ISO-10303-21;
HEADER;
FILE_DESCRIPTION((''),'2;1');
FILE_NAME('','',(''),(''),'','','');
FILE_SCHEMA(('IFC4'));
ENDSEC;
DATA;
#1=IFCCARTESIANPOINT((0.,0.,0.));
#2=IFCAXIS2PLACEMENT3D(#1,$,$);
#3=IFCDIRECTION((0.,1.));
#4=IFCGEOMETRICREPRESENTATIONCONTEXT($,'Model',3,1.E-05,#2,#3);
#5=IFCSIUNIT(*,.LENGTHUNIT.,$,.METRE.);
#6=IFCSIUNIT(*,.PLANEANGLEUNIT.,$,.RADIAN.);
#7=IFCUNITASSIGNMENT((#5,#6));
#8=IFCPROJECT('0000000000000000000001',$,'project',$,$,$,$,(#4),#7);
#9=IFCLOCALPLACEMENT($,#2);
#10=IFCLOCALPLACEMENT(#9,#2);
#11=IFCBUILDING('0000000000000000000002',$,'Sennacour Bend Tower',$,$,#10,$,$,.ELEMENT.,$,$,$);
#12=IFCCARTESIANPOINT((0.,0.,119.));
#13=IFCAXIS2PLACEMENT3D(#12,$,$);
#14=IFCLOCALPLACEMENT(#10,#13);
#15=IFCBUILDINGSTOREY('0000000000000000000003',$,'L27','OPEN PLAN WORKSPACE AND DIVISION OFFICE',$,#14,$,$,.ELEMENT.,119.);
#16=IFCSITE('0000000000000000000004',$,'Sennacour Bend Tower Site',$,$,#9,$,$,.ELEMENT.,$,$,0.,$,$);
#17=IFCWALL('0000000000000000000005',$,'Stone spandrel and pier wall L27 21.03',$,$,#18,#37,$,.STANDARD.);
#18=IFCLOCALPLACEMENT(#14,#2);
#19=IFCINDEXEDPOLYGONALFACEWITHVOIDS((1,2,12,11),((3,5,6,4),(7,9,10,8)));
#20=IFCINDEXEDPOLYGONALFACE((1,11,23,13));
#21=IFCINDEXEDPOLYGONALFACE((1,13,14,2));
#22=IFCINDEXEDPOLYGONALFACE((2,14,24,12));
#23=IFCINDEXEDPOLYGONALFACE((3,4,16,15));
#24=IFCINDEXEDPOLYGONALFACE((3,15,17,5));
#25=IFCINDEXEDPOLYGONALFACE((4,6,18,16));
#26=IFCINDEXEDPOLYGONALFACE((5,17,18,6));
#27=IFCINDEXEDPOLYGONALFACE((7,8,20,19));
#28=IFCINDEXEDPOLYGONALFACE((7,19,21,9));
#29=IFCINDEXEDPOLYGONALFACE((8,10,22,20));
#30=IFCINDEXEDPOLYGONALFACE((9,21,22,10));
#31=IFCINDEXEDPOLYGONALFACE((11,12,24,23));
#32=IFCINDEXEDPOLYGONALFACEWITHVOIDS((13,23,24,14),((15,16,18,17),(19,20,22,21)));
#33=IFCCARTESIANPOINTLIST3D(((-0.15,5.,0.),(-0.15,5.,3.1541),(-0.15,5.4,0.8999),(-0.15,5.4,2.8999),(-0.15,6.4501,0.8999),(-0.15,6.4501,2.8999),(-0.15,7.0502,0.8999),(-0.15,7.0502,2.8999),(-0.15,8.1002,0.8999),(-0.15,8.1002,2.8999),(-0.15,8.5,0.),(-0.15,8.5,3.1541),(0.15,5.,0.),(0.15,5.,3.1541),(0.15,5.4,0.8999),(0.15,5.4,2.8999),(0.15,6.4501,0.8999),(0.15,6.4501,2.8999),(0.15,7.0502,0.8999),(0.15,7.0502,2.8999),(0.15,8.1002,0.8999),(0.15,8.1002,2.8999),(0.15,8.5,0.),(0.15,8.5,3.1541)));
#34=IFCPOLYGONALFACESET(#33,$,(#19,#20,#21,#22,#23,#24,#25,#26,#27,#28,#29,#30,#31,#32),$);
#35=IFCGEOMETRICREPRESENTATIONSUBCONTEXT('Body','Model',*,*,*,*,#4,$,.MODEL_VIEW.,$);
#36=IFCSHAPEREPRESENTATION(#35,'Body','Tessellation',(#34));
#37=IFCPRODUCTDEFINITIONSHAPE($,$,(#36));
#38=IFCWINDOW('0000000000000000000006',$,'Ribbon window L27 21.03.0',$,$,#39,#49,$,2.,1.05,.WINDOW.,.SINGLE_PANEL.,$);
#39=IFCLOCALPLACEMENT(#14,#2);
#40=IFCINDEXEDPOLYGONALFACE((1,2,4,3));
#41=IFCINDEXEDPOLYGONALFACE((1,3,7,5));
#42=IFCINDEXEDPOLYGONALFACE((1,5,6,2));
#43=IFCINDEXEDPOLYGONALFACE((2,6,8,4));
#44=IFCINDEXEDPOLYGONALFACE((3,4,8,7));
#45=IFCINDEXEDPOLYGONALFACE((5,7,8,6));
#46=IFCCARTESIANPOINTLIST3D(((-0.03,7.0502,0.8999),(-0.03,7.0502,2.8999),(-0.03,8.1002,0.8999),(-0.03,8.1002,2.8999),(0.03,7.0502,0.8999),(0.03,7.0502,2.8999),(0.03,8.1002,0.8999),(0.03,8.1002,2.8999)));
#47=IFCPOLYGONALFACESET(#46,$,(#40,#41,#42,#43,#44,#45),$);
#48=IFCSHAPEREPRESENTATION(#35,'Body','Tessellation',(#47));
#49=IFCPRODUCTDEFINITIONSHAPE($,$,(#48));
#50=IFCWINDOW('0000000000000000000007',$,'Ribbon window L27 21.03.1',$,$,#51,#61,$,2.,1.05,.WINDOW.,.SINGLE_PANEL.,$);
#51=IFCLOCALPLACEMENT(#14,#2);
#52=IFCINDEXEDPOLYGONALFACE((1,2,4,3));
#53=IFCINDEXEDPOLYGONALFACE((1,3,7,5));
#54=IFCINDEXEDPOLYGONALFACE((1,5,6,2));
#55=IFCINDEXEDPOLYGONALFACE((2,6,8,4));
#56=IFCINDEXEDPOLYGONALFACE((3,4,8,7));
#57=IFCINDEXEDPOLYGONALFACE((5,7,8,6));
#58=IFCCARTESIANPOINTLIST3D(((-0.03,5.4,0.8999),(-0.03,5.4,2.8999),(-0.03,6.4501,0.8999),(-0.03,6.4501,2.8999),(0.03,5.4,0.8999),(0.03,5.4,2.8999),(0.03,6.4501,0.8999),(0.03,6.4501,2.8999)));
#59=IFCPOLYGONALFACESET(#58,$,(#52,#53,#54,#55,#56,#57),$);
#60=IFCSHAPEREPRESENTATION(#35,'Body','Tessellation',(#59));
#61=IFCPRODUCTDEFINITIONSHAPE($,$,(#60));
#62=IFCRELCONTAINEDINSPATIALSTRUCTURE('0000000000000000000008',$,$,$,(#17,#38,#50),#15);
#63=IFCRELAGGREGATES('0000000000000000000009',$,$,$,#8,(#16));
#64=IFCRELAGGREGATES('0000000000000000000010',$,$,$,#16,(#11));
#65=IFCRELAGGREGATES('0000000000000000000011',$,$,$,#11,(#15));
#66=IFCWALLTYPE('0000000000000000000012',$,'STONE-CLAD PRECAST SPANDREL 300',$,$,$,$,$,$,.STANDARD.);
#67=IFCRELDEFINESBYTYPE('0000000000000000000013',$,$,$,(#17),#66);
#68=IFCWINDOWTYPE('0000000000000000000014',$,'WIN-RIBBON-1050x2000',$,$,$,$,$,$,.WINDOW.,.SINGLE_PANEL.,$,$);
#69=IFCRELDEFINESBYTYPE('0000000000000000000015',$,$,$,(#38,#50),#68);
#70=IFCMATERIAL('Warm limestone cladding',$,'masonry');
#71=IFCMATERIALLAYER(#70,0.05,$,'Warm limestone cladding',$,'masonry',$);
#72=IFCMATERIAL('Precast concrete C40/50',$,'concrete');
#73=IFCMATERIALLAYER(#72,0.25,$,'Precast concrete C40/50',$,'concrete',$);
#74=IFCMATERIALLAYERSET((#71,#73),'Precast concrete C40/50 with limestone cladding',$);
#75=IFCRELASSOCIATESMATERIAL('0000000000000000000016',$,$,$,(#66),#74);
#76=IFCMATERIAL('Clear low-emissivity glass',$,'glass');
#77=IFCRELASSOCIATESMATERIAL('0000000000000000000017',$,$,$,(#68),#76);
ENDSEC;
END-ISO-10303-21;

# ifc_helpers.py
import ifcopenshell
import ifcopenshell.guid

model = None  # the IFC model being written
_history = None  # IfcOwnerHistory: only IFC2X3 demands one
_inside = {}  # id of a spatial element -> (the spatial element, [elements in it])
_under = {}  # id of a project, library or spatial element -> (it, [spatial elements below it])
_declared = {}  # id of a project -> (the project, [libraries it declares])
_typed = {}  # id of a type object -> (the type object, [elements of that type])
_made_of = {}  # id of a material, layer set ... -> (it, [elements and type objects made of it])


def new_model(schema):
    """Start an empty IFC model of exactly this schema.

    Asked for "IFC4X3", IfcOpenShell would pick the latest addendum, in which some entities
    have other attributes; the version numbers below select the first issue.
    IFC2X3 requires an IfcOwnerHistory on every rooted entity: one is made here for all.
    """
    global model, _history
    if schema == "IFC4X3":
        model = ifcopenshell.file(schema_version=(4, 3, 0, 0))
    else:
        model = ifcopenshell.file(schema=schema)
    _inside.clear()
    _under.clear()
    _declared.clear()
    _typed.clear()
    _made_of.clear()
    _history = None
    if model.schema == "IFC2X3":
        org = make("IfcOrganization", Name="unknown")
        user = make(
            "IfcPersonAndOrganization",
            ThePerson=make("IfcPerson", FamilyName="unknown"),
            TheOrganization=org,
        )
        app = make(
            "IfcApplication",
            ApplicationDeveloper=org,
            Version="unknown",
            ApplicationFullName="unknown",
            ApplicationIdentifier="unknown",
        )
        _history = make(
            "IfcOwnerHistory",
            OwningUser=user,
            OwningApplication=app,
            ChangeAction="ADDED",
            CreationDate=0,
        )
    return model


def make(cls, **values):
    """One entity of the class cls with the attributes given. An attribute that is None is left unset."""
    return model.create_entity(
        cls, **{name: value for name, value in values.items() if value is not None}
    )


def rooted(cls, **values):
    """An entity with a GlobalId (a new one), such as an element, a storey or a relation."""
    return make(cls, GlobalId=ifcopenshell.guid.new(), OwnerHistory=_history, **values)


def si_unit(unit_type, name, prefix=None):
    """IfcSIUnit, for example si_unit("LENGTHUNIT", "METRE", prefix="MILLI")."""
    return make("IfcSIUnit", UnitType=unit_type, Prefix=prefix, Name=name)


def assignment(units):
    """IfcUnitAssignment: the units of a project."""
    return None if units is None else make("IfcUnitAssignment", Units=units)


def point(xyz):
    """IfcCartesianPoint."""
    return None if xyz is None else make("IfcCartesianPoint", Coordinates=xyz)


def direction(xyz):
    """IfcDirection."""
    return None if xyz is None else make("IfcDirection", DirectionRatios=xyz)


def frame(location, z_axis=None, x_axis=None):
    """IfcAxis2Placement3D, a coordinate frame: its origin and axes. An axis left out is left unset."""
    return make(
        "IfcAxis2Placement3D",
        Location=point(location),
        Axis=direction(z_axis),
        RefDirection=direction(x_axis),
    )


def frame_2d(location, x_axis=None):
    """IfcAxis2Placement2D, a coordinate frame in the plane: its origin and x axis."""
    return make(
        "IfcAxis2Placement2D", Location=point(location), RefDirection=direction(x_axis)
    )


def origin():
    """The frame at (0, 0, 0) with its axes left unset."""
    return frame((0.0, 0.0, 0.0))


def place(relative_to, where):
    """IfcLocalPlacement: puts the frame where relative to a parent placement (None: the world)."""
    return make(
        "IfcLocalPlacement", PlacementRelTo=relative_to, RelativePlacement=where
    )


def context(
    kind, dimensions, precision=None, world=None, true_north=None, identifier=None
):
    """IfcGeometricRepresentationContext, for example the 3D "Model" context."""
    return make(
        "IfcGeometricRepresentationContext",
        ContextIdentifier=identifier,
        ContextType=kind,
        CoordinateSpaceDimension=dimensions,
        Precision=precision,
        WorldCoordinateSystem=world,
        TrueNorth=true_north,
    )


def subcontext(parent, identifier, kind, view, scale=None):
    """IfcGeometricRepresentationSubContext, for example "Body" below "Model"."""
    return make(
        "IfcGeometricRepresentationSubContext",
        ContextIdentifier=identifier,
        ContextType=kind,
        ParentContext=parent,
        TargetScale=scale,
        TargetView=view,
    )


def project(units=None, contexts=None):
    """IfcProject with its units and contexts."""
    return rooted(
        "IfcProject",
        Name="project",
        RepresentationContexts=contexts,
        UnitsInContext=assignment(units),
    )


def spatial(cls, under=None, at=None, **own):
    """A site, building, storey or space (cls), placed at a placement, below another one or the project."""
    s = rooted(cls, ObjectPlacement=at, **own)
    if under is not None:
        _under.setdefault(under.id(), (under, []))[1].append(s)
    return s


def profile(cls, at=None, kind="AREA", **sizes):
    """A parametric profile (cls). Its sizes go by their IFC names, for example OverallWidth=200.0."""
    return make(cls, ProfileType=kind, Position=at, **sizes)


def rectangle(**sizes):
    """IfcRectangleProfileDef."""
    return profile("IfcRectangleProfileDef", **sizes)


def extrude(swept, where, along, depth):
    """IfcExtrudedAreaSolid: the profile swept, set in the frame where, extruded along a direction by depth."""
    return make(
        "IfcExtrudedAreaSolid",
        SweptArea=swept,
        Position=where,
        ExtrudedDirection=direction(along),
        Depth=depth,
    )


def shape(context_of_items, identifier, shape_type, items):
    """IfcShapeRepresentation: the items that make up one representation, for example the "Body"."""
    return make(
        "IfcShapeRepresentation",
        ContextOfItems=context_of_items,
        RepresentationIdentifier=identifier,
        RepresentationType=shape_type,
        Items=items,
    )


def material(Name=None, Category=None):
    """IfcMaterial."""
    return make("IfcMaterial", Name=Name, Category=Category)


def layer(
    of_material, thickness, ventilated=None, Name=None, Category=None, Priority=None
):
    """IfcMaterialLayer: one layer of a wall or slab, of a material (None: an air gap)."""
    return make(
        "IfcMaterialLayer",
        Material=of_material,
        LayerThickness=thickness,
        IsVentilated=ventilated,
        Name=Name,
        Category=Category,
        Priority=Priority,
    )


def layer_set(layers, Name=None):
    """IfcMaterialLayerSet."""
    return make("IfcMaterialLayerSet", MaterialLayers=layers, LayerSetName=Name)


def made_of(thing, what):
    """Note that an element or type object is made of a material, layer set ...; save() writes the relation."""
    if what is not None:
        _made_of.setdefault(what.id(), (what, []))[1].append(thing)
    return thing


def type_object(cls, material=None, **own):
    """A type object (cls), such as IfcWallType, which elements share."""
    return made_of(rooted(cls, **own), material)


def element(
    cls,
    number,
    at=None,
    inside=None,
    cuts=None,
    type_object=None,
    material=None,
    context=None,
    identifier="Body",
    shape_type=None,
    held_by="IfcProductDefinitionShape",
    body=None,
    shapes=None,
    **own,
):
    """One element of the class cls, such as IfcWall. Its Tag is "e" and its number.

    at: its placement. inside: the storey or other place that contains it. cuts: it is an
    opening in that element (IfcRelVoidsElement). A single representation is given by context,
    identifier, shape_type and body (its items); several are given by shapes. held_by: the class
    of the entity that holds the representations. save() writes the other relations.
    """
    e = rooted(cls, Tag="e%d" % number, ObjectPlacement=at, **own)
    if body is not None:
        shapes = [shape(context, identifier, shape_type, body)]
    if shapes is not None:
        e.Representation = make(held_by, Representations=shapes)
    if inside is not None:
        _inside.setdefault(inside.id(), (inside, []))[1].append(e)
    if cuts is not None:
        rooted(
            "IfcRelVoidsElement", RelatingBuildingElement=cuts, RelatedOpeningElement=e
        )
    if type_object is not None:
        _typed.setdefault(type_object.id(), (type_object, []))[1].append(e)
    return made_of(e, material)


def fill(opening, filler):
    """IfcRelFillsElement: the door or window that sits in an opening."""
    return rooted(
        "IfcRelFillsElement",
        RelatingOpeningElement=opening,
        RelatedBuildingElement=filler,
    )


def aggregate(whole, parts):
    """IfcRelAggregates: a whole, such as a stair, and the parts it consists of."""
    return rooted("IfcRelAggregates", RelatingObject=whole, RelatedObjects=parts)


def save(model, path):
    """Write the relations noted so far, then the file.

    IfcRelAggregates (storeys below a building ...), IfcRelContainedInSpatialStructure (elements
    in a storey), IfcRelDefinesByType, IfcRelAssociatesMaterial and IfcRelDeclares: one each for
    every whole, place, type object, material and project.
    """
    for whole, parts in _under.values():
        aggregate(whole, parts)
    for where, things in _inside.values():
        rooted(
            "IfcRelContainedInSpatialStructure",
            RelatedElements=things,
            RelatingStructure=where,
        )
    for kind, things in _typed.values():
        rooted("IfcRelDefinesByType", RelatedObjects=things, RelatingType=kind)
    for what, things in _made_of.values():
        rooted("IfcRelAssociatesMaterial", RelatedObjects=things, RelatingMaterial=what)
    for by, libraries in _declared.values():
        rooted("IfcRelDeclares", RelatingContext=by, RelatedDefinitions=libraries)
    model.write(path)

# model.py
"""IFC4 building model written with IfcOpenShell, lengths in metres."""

from ifc_helpers import new_model, si_unit, direction, frame, frame_2d, origin, place, context, subcontext, project, spatial, rectangle, extrude, material, layer, layer_set, type_object, element, fill, save


model = new_model("IFC4")

# Units and contexts
model_context = context("Model", 3, precision=1e-05, world=origin(), true_north=direction((0.0, 1.0)))
body_context = subcontext(model_context, "Body", "Model", "MODEL_VIEW")
ifc_project = project(units=[si_unit("LENGTHUNIT", "METRE"), si_unit("PLANEANGLEUNIT", "RADIAN")], contexts=[model_context])

# Site, building, storey
site_placement = place(None, origin())
site = spatial("IfcSite", under=ifc_project, at=site_placement, Name="Sennacour Bend Tower Site", CompositionType="ELEMENT", RefElevation=0.0)
building_placement = place(site_placement, origin())
building = spatial("IfcBuilding", under=site, at=building_placement, Name="Sennacour Bend Tower", CompositionType="ELEMENT")
storey_placement = place(building_placement, frame((0.0, 0.0, 119.0)))
storey = spatial("IfcBuildingStorey", under=building, at=storey_placement, Name="L27", Description="OPEN PLAN WORKSPACE AND DIVISION OFFICE", CompositionType="ELEMENT", Elevation=119.0)

# Wall, openings, windows
ifc_material_1 = material(Name="Warm limestone cladding", Category="masonry")
ifc_layer_1 = layer(ifc_material_1, 0.05, Name="Warm limestone cladding", Category="masonry")
ifc_material_2 = material(Name="Precast concrete C40/50", Category="concrete")
ifc_layer_2 = layer(ifc_material_2, 0.25, Name="Precast concrete C40/50", Category="concrete")
ifc_layer_set = layer_set([ifc_layer_1, ifc_layer_2], Name="Precast concrete C40/50 with limestone cladding")
wall_type = type_object("IfcWallType", Name="STONE-CLAD PRECAST SPANDREL 300", PredefinedType="STANDARD", material=ifc_layer_set)
ifc_material_3 = material(Name="Clear low-emissivity glass", Category="glass")
window_type = type_object("IfcWindowType", Name="WIN-RIBBON-1050x2000", PartitioningType="SINGLE_PANEL", PredefinedType="WINDOW", material=ifc_material_3)
wall_1_placement = place(storey_placement, frame((0.0, 8.5, 0.0), z_axis=(0.0, 0.0, 1.0), x_axis=(0.0, -1.0, 0.0)))
wall_1 = element("IfcWall", 1, at=wall_1_placement, inside=storey, type_object=wall_type, Name="Stone spandrel and pier wall L27 21.03", PredefinedType="STANDARD", context=body_context, shape_type="SweptSolid", body=[
    extrude(rectangle(XDim=3.5, YDim=0.3, at=frame_2d((1.75, 0.0))), origin(), (0.0, 0.0, 1.0), 3.1541),
])
opening_1_placement = place(wall_1_placement, frame((0.3999, 0.0, 0.8999)))
opening_1 = element("IfcOpeningElement", 2, at=opening_1_placement, cuts=wall_1, PredefinedType="OPENING", context=body_context, shape_type="SweptSolid", body=[
    extrude(rectangle(XDim=1.05, YDim=2.0, at=frame_2d((0.5249, 1.0))), frame((0.0, 0.1602, 0.0), z_axis=(0.0, -1.0, 0.0), x_axis=(1.0, 0.0, 0.0)), (0.0, 0.0, 1.0), 0.3201),
])
opening_2_placement = place(wall_1_placement, frame((2.05, 0.0, 0.8999)))
opening_2 = element("IfcOpeningElement", 3, at=opening_2_placement, cuts=wall_1, PredefinedType="OPENING", context=body_context, shape_type="SweptSolid", body=[
    extrude(rectangle(XDim=1.05, YDim=2.0, at=frame_2d((0.5249, 1.0))), frame((0.0, 0.1602, 0.0), z_axis=(0.0, -1.0, 0.0), x_axis=(1.0, 0.0, 0.0)), (0.0, 0.0, 1.0), 0.3201),
])
window_1_placement = place(opening_1_placement, origin())
window_1 = element("IfcWindow", 4, at=window_1_placement, inside=storey, type_object=window_type, Name="Ribbon window L27 21.03.0", OverallHeight=2.0, OverallWidth=1.05, PartitioningType="SINGLE_PANEL", PredefinedType="WINDOW", context=body_context, shape_type="SweptSolid", body=[
    extrude(rectangle(XDim=1.05, YDim=2.0, at=frame_2d((0.5249, 1.0))), frame((0.0, 0.03, 0.0), z_axis=(0.0, -1.0, 0.0), x_axis=(1.0, 0.0, 0.0)), (0.0, 0.0, 1.0), 0.0601),
])
fill(opening_1, window_1)
window_2_placement = place(opening_2_placement, origin())
window_2 = element("IfcWindow", 5, at=window_2_placement, inside=storey, type_object=window_type, Name="Ribbon window L27 21.03.1", OverallHeight=2.0, OverallWidth=1.05, PartitioningType="SINGLE_PANEL", PredefinedType="WINDOW", context=body_context, shape_type="SweptSolid", body=[
    extrude(rectangle(XDim=1.05, YDim=2.0, at=frame_2d((0.5249, 1.0))), frame((0.0, 0.03, 0.0), z_axis=(0.0, -1.0, 0.0), x_axis=(1.0, 0.0, 0.0)), (0.0, 0.0, 1.0), 0.0601),
])
fill(opening_2, window_2)

save(model, "model.ifc")
